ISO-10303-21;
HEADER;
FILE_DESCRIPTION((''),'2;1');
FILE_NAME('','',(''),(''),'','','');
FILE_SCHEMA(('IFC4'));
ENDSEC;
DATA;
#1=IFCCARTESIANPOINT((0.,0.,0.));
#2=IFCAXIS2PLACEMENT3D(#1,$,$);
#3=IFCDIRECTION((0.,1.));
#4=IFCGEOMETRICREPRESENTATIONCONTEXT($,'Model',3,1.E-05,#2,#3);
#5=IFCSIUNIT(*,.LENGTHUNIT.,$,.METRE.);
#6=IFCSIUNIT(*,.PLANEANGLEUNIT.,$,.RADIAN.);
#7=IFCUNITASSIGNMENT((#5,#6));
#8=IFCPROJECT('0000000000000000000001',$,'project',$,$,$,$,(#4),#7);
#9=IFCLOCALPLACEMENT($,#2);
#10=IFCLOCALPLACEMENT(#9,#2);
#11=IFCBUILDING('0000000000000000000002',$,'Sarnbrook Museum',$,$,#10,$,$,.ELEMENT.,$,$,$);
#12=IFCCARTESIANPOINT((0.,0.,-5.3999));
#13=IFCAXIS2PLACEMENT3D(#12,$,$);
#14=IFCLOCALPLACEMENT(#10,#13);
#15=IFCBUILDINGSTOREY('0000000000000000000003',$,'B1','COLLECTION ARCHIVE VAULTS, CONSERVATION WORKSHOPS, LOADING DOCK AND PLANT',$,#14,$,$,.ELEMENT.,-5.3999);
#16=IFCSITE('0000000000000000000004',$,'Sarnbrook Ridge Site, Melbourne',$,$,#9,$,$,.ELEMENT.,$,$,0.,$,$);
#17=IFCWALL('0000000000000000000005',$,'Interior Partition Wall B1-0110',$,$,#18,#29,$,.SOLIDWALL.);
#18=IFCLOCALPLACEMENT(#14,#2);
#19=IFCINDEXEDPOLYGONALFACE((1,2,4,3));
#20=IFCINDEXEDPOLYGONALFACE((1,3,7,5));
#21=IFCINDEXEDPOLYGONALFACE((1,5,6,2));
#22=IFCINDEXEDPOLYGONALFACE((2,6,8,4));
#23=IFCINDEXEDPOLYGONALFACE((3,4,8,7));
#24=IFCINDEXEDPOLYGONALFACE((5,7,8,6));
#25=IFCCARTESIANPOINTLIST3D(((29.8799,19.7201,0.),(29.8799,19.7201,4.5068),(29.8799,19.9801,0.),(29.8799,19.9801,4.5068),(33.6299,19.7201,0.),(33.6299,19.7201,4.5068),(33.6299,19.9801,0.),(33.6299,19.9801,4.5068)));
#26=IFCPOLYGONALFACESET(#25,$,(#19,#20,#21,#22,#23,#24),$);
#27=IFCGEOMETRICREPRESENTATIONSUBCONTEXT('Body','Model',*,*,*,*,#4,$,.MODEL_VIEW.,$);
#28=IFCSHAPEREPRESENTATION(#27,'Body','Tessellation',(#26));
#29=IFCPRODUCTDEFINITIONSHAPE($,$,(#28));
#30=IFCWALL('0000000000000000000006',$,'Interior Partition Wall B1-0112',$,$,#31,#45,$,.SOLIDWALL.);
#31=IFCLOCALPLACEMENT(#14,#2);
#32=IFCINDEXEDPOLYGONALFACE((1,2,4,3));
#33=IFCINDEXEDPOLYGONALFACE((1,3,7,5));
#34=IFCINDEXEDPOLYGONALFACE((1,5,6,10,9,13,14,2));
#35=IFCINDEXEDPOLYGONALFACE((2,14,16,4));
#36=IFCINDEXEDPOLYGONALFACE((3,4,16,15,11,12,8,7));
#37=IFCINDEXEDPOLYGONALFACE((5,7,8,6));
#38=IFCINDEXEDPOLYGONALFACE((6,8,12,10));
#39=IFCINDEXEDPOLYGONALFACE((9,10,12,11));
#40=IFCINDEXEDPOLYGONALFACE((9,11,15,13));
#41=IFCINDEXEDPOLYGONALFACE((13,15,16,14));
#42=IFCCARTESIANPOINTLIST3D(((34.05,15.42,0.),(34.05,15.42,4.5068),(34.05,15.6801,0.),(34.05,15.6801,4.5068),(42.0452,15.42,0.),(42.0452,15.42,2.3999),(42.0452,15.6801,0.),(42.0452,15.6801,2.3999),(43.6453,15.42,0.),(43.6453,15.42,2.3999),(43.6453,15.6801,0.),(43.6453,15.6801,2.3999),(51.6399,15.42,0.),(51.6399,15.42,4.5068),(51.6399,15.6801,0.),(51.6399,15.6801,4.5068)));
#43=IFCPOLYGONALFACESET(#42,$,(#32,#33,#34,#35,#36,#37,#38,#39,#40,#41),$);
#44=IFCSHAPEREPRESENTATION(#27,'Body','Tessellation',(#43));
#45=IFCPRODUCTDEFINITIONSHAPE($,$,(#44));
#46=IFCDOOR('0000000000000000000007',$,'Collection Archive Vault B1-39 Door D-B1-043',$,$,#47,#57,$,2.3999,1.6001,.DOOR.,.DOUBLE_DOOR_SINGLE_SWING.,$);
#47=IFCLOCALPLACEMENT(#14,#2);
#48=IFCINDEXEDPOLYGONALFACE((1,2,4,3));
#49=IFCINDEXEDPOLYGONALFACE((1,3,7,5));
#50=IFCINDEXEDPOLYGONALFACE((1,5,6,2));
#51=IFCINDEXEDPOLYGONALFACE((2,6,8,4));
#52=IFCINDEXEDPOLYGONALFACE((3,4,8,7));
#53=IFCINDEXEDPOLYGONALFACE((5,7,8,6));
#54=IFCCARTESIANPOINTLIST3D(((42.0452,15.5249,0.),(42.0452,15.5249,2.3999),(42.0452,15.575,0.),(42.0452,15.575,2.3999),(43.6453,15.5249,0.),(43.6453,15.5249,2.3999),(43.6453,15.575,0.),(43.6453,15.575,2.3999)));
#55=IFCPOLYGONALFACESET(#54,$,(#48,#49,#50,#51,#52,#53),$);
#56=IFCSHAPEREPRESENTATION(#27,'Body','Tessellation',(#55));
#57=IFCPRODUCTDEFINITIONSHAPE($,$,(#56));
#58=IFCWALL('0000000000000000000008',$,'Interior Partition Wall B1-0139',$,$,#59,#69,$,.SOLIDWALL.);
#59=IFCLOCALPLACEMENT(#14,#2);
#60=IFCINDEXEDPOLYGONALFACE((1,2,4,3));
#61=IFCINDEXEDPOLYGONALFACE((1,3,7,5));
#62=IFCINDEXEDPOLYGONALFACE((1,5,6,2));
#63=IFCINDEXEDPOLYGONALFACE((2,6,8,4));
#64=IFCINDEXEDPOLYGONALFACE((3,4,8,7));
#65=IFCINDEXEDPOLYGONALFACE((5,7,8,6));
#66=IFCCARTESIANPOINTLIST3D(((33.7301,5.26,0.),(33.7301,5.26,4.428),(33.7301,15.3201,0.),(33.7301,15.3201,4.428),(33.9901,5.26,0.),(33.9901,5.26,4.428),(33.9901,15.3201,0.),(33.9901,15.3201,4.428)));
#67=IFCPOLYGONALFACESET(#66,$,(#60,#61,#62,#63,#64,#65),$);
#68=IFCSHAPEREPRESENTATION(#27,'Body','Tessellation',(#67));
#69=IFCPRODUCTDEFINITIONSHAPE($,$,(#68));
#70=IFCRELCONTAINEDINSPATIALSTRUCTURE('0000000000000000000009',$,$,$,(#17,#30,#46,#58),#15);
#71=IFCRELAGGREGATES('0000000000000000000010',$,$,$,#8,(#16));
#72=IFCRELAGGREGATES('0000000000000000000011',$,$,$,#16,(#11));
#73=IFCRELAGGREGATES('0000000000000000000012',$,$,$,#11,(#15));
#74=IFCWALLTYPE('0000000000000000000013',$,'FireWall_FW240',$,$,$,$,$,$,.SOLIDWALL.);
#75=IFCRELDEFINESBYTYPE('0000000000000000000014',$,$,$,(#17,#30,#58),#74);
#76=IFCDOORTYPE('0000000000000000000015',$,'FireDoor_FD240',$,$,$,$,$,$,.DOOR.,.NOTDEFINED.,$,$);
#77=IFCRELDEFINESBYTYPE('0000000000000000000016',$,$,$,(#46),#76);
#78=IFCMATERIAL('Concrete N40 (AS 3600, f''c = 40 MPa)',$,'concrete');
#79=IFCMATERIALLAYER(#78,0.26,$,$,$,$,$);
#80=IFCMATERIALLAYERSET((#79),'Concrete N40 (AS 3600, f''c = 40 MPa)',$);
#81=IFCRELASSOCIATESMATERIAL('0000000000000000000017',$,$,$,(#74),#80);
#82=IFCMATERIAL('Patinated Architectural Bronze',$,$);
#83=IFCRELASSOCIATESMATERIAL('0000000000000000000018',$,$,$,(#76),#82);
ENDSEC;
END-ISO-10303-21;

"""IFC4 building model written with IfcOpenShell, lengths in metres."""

from ifc_helpers import new_model, si_unit, direction, frame, frame_2d, origin, place, context, subcontext, project, spatial, rectangle, extrude, material, layer, layer_set, type_object, element, fill, save


model = new_model("IFC4")

# Units and contexts
model_context = context("Model", 3, precision=1e-05, world=origin(), true_north=direction((0.0, 1.0)))
body_context = subcontext(model_context, "Body", "Model", "MODEL_VIEW")
ifc_project = project(units=[si_unit("LENGTHUNIT", "METRE"), si_unit("PLANEANGLEUNIT", "RADIAN")], contexts=[model_context])

# Site, building, storey
site_placement = place(None, origin())
site = spatial("IfcSite", under=ifc_project, at=site_placement, Name="Sarnbrook Ridge Site, Melbourne", CompositionType="ELEMENT", RefElevation=0.0)
building_placement = place(site_placement, origin())
building = spatial("IfcBuilding", under=site, at=building_placement, Name="Sarnbrook Museum", CompositionType="ELEMENT")
storey_placement = place(building_placement, frame((0.0, 0.0, -5.3999)))
storey = spatial("IfcBuildingStorey", under=building, at=storey_placement, Name="B1", Description="COLLECTION ARCHIVE VAULTS, CONSERVATION WORKSHOPS, LOADING DOCK AND PLANT", CompositionType="ELEMENT", Elevation=-5.3999)

# Shared definitions
ifc_material_1 = material(Name="Concrete N40 (AS 3600, f'c = 40 MPa)", Category="concrete")

# Wall
ifc_layer = layer(ifc_material_1, 0.26)
ifc_layer_set = layer_set([ifc_layer], Name="Concrete N40 (AS 3600, f'c = 40 MPa)")
wall_type = type_object("IfcWallType", Name="FireWall_FW240", PredefinedType="SOLIDWALL", material=ifc_layer_set)
wall_1_placement = place(storey_placement, frame((33.6299, 19.8501, 0.0), z_axis=(0.0, 0.0, 1.0), x_axis=(-1.0, 0.0, 0.0)))
element("IfcWall", 1, at=wall_1_placement, inside=storey, type_object=wall_type, Name="Interior Partition Wall B1-0110", PredefinedType="SOLIDWALL", context=body_context, shape_type="SweptSolid", body=[
    extrude(rectangle(XDim=3.75, YDim=0.26, at=frame_2d((1.875, 0.0))), origin(), (0.0, 0.0, 1.0), 4.5068),
])

# Wall, opening, door
wall_2_placement = place(storey_placement, frame((34.05, 15.55, 0.0), z_axis=(0.0, 0.0, 1.0), x_axis=(1.0, 0.0, 0.0)))
wall_2 = element("IfcWall", 2, at=wall_2_placement, inside=storey, type_object=wall_type, Name="Interior Partition Wall B1-0112", PredefinedType="SOLIDWALL", context=body_context, shape_type="SweptSolid", body=[
    extrude(rectangle(XDim=17.5898, YDim=0.26, at=frame_2d((8.7949, 0.0))), origin(), (0.0, 0.0, 1.0), 4.5068),
])
opening_placement = place(wall_2_placement, frame((7.9951, 0.0, 0.0)))
opening = element("IfcOpeningElement", 3, at=opening_placement, cuts=wall_2, PredefinedType="OPENING", context=body_context, shape_type="SweptSolid", body=[
    extrude(rectangle(XDim=1.6001, YDim=2.3999, at=frame_2d((0.8, 1.2))), frame((0.0, 0.1401, 0.0), z_axis=(0.0, -1.0, 0.0), x_axis=(1.0, 0.0, 0.0)), (0.0, 0.0, 1.0), 0.28),
])
ifc_material_2 = material(Name="Patinated Architectural Bronze")
door_type = type_object("IfcDoorType", Name="FireDoor_FD240", OperationType="NOTDEFINED", PredefinedType="DOOR", material=ifc_material_2)
door_placement = place(opening_placement, origin())
door = element("IfcDoor", 4, at=door_placement, inside=storey, type_object=door_type, Name="Collection Archive Vault B1-39 Door D-B1-043", OperationType="DOUBLE_DOOR_SINGLE_SWING", OverallHeight=2.3999, OverallWidth=1.6001, PredefinedType="DOOR", context=body_context, shape_type="SweptSolid", body=[
    extrude(rectangle(XDim=1.6001, YDim=2.3999, at=frame_2d((0.8, 1.2))), frame((0.0, 0.0249, 0.0), z_axis=(0.0, -1.0, 0.0), x_axis=(1.0, 0.0, 0.0)), (0.0, 0.0, 1.0), 0.05),
])
fill(opening, door)

# Wall
wall_3_placement = place(storey_placement, frame((33.8601, 15.3201, 0.0), z_axis=(0.0, 0.0, 1.0), x_axis=(0.0, -1.0, 0.0)))
element("IfcWall", 5, at=wall_3_placement, inside=storey, type_object=wall_type, Name="Interior Partition Wall B1-0139", PredefinedType="SOLIDWALL", context=body_context, shape_type="SweptSolid", body=[
    extrude(rectangle(XDim=10.0601, YDim=0.26, at=frame_2d((5.03, 0.0))), origin(), (0.0, 0.0, 1.0), 4.428),
])

save(model, "model.ifc")
